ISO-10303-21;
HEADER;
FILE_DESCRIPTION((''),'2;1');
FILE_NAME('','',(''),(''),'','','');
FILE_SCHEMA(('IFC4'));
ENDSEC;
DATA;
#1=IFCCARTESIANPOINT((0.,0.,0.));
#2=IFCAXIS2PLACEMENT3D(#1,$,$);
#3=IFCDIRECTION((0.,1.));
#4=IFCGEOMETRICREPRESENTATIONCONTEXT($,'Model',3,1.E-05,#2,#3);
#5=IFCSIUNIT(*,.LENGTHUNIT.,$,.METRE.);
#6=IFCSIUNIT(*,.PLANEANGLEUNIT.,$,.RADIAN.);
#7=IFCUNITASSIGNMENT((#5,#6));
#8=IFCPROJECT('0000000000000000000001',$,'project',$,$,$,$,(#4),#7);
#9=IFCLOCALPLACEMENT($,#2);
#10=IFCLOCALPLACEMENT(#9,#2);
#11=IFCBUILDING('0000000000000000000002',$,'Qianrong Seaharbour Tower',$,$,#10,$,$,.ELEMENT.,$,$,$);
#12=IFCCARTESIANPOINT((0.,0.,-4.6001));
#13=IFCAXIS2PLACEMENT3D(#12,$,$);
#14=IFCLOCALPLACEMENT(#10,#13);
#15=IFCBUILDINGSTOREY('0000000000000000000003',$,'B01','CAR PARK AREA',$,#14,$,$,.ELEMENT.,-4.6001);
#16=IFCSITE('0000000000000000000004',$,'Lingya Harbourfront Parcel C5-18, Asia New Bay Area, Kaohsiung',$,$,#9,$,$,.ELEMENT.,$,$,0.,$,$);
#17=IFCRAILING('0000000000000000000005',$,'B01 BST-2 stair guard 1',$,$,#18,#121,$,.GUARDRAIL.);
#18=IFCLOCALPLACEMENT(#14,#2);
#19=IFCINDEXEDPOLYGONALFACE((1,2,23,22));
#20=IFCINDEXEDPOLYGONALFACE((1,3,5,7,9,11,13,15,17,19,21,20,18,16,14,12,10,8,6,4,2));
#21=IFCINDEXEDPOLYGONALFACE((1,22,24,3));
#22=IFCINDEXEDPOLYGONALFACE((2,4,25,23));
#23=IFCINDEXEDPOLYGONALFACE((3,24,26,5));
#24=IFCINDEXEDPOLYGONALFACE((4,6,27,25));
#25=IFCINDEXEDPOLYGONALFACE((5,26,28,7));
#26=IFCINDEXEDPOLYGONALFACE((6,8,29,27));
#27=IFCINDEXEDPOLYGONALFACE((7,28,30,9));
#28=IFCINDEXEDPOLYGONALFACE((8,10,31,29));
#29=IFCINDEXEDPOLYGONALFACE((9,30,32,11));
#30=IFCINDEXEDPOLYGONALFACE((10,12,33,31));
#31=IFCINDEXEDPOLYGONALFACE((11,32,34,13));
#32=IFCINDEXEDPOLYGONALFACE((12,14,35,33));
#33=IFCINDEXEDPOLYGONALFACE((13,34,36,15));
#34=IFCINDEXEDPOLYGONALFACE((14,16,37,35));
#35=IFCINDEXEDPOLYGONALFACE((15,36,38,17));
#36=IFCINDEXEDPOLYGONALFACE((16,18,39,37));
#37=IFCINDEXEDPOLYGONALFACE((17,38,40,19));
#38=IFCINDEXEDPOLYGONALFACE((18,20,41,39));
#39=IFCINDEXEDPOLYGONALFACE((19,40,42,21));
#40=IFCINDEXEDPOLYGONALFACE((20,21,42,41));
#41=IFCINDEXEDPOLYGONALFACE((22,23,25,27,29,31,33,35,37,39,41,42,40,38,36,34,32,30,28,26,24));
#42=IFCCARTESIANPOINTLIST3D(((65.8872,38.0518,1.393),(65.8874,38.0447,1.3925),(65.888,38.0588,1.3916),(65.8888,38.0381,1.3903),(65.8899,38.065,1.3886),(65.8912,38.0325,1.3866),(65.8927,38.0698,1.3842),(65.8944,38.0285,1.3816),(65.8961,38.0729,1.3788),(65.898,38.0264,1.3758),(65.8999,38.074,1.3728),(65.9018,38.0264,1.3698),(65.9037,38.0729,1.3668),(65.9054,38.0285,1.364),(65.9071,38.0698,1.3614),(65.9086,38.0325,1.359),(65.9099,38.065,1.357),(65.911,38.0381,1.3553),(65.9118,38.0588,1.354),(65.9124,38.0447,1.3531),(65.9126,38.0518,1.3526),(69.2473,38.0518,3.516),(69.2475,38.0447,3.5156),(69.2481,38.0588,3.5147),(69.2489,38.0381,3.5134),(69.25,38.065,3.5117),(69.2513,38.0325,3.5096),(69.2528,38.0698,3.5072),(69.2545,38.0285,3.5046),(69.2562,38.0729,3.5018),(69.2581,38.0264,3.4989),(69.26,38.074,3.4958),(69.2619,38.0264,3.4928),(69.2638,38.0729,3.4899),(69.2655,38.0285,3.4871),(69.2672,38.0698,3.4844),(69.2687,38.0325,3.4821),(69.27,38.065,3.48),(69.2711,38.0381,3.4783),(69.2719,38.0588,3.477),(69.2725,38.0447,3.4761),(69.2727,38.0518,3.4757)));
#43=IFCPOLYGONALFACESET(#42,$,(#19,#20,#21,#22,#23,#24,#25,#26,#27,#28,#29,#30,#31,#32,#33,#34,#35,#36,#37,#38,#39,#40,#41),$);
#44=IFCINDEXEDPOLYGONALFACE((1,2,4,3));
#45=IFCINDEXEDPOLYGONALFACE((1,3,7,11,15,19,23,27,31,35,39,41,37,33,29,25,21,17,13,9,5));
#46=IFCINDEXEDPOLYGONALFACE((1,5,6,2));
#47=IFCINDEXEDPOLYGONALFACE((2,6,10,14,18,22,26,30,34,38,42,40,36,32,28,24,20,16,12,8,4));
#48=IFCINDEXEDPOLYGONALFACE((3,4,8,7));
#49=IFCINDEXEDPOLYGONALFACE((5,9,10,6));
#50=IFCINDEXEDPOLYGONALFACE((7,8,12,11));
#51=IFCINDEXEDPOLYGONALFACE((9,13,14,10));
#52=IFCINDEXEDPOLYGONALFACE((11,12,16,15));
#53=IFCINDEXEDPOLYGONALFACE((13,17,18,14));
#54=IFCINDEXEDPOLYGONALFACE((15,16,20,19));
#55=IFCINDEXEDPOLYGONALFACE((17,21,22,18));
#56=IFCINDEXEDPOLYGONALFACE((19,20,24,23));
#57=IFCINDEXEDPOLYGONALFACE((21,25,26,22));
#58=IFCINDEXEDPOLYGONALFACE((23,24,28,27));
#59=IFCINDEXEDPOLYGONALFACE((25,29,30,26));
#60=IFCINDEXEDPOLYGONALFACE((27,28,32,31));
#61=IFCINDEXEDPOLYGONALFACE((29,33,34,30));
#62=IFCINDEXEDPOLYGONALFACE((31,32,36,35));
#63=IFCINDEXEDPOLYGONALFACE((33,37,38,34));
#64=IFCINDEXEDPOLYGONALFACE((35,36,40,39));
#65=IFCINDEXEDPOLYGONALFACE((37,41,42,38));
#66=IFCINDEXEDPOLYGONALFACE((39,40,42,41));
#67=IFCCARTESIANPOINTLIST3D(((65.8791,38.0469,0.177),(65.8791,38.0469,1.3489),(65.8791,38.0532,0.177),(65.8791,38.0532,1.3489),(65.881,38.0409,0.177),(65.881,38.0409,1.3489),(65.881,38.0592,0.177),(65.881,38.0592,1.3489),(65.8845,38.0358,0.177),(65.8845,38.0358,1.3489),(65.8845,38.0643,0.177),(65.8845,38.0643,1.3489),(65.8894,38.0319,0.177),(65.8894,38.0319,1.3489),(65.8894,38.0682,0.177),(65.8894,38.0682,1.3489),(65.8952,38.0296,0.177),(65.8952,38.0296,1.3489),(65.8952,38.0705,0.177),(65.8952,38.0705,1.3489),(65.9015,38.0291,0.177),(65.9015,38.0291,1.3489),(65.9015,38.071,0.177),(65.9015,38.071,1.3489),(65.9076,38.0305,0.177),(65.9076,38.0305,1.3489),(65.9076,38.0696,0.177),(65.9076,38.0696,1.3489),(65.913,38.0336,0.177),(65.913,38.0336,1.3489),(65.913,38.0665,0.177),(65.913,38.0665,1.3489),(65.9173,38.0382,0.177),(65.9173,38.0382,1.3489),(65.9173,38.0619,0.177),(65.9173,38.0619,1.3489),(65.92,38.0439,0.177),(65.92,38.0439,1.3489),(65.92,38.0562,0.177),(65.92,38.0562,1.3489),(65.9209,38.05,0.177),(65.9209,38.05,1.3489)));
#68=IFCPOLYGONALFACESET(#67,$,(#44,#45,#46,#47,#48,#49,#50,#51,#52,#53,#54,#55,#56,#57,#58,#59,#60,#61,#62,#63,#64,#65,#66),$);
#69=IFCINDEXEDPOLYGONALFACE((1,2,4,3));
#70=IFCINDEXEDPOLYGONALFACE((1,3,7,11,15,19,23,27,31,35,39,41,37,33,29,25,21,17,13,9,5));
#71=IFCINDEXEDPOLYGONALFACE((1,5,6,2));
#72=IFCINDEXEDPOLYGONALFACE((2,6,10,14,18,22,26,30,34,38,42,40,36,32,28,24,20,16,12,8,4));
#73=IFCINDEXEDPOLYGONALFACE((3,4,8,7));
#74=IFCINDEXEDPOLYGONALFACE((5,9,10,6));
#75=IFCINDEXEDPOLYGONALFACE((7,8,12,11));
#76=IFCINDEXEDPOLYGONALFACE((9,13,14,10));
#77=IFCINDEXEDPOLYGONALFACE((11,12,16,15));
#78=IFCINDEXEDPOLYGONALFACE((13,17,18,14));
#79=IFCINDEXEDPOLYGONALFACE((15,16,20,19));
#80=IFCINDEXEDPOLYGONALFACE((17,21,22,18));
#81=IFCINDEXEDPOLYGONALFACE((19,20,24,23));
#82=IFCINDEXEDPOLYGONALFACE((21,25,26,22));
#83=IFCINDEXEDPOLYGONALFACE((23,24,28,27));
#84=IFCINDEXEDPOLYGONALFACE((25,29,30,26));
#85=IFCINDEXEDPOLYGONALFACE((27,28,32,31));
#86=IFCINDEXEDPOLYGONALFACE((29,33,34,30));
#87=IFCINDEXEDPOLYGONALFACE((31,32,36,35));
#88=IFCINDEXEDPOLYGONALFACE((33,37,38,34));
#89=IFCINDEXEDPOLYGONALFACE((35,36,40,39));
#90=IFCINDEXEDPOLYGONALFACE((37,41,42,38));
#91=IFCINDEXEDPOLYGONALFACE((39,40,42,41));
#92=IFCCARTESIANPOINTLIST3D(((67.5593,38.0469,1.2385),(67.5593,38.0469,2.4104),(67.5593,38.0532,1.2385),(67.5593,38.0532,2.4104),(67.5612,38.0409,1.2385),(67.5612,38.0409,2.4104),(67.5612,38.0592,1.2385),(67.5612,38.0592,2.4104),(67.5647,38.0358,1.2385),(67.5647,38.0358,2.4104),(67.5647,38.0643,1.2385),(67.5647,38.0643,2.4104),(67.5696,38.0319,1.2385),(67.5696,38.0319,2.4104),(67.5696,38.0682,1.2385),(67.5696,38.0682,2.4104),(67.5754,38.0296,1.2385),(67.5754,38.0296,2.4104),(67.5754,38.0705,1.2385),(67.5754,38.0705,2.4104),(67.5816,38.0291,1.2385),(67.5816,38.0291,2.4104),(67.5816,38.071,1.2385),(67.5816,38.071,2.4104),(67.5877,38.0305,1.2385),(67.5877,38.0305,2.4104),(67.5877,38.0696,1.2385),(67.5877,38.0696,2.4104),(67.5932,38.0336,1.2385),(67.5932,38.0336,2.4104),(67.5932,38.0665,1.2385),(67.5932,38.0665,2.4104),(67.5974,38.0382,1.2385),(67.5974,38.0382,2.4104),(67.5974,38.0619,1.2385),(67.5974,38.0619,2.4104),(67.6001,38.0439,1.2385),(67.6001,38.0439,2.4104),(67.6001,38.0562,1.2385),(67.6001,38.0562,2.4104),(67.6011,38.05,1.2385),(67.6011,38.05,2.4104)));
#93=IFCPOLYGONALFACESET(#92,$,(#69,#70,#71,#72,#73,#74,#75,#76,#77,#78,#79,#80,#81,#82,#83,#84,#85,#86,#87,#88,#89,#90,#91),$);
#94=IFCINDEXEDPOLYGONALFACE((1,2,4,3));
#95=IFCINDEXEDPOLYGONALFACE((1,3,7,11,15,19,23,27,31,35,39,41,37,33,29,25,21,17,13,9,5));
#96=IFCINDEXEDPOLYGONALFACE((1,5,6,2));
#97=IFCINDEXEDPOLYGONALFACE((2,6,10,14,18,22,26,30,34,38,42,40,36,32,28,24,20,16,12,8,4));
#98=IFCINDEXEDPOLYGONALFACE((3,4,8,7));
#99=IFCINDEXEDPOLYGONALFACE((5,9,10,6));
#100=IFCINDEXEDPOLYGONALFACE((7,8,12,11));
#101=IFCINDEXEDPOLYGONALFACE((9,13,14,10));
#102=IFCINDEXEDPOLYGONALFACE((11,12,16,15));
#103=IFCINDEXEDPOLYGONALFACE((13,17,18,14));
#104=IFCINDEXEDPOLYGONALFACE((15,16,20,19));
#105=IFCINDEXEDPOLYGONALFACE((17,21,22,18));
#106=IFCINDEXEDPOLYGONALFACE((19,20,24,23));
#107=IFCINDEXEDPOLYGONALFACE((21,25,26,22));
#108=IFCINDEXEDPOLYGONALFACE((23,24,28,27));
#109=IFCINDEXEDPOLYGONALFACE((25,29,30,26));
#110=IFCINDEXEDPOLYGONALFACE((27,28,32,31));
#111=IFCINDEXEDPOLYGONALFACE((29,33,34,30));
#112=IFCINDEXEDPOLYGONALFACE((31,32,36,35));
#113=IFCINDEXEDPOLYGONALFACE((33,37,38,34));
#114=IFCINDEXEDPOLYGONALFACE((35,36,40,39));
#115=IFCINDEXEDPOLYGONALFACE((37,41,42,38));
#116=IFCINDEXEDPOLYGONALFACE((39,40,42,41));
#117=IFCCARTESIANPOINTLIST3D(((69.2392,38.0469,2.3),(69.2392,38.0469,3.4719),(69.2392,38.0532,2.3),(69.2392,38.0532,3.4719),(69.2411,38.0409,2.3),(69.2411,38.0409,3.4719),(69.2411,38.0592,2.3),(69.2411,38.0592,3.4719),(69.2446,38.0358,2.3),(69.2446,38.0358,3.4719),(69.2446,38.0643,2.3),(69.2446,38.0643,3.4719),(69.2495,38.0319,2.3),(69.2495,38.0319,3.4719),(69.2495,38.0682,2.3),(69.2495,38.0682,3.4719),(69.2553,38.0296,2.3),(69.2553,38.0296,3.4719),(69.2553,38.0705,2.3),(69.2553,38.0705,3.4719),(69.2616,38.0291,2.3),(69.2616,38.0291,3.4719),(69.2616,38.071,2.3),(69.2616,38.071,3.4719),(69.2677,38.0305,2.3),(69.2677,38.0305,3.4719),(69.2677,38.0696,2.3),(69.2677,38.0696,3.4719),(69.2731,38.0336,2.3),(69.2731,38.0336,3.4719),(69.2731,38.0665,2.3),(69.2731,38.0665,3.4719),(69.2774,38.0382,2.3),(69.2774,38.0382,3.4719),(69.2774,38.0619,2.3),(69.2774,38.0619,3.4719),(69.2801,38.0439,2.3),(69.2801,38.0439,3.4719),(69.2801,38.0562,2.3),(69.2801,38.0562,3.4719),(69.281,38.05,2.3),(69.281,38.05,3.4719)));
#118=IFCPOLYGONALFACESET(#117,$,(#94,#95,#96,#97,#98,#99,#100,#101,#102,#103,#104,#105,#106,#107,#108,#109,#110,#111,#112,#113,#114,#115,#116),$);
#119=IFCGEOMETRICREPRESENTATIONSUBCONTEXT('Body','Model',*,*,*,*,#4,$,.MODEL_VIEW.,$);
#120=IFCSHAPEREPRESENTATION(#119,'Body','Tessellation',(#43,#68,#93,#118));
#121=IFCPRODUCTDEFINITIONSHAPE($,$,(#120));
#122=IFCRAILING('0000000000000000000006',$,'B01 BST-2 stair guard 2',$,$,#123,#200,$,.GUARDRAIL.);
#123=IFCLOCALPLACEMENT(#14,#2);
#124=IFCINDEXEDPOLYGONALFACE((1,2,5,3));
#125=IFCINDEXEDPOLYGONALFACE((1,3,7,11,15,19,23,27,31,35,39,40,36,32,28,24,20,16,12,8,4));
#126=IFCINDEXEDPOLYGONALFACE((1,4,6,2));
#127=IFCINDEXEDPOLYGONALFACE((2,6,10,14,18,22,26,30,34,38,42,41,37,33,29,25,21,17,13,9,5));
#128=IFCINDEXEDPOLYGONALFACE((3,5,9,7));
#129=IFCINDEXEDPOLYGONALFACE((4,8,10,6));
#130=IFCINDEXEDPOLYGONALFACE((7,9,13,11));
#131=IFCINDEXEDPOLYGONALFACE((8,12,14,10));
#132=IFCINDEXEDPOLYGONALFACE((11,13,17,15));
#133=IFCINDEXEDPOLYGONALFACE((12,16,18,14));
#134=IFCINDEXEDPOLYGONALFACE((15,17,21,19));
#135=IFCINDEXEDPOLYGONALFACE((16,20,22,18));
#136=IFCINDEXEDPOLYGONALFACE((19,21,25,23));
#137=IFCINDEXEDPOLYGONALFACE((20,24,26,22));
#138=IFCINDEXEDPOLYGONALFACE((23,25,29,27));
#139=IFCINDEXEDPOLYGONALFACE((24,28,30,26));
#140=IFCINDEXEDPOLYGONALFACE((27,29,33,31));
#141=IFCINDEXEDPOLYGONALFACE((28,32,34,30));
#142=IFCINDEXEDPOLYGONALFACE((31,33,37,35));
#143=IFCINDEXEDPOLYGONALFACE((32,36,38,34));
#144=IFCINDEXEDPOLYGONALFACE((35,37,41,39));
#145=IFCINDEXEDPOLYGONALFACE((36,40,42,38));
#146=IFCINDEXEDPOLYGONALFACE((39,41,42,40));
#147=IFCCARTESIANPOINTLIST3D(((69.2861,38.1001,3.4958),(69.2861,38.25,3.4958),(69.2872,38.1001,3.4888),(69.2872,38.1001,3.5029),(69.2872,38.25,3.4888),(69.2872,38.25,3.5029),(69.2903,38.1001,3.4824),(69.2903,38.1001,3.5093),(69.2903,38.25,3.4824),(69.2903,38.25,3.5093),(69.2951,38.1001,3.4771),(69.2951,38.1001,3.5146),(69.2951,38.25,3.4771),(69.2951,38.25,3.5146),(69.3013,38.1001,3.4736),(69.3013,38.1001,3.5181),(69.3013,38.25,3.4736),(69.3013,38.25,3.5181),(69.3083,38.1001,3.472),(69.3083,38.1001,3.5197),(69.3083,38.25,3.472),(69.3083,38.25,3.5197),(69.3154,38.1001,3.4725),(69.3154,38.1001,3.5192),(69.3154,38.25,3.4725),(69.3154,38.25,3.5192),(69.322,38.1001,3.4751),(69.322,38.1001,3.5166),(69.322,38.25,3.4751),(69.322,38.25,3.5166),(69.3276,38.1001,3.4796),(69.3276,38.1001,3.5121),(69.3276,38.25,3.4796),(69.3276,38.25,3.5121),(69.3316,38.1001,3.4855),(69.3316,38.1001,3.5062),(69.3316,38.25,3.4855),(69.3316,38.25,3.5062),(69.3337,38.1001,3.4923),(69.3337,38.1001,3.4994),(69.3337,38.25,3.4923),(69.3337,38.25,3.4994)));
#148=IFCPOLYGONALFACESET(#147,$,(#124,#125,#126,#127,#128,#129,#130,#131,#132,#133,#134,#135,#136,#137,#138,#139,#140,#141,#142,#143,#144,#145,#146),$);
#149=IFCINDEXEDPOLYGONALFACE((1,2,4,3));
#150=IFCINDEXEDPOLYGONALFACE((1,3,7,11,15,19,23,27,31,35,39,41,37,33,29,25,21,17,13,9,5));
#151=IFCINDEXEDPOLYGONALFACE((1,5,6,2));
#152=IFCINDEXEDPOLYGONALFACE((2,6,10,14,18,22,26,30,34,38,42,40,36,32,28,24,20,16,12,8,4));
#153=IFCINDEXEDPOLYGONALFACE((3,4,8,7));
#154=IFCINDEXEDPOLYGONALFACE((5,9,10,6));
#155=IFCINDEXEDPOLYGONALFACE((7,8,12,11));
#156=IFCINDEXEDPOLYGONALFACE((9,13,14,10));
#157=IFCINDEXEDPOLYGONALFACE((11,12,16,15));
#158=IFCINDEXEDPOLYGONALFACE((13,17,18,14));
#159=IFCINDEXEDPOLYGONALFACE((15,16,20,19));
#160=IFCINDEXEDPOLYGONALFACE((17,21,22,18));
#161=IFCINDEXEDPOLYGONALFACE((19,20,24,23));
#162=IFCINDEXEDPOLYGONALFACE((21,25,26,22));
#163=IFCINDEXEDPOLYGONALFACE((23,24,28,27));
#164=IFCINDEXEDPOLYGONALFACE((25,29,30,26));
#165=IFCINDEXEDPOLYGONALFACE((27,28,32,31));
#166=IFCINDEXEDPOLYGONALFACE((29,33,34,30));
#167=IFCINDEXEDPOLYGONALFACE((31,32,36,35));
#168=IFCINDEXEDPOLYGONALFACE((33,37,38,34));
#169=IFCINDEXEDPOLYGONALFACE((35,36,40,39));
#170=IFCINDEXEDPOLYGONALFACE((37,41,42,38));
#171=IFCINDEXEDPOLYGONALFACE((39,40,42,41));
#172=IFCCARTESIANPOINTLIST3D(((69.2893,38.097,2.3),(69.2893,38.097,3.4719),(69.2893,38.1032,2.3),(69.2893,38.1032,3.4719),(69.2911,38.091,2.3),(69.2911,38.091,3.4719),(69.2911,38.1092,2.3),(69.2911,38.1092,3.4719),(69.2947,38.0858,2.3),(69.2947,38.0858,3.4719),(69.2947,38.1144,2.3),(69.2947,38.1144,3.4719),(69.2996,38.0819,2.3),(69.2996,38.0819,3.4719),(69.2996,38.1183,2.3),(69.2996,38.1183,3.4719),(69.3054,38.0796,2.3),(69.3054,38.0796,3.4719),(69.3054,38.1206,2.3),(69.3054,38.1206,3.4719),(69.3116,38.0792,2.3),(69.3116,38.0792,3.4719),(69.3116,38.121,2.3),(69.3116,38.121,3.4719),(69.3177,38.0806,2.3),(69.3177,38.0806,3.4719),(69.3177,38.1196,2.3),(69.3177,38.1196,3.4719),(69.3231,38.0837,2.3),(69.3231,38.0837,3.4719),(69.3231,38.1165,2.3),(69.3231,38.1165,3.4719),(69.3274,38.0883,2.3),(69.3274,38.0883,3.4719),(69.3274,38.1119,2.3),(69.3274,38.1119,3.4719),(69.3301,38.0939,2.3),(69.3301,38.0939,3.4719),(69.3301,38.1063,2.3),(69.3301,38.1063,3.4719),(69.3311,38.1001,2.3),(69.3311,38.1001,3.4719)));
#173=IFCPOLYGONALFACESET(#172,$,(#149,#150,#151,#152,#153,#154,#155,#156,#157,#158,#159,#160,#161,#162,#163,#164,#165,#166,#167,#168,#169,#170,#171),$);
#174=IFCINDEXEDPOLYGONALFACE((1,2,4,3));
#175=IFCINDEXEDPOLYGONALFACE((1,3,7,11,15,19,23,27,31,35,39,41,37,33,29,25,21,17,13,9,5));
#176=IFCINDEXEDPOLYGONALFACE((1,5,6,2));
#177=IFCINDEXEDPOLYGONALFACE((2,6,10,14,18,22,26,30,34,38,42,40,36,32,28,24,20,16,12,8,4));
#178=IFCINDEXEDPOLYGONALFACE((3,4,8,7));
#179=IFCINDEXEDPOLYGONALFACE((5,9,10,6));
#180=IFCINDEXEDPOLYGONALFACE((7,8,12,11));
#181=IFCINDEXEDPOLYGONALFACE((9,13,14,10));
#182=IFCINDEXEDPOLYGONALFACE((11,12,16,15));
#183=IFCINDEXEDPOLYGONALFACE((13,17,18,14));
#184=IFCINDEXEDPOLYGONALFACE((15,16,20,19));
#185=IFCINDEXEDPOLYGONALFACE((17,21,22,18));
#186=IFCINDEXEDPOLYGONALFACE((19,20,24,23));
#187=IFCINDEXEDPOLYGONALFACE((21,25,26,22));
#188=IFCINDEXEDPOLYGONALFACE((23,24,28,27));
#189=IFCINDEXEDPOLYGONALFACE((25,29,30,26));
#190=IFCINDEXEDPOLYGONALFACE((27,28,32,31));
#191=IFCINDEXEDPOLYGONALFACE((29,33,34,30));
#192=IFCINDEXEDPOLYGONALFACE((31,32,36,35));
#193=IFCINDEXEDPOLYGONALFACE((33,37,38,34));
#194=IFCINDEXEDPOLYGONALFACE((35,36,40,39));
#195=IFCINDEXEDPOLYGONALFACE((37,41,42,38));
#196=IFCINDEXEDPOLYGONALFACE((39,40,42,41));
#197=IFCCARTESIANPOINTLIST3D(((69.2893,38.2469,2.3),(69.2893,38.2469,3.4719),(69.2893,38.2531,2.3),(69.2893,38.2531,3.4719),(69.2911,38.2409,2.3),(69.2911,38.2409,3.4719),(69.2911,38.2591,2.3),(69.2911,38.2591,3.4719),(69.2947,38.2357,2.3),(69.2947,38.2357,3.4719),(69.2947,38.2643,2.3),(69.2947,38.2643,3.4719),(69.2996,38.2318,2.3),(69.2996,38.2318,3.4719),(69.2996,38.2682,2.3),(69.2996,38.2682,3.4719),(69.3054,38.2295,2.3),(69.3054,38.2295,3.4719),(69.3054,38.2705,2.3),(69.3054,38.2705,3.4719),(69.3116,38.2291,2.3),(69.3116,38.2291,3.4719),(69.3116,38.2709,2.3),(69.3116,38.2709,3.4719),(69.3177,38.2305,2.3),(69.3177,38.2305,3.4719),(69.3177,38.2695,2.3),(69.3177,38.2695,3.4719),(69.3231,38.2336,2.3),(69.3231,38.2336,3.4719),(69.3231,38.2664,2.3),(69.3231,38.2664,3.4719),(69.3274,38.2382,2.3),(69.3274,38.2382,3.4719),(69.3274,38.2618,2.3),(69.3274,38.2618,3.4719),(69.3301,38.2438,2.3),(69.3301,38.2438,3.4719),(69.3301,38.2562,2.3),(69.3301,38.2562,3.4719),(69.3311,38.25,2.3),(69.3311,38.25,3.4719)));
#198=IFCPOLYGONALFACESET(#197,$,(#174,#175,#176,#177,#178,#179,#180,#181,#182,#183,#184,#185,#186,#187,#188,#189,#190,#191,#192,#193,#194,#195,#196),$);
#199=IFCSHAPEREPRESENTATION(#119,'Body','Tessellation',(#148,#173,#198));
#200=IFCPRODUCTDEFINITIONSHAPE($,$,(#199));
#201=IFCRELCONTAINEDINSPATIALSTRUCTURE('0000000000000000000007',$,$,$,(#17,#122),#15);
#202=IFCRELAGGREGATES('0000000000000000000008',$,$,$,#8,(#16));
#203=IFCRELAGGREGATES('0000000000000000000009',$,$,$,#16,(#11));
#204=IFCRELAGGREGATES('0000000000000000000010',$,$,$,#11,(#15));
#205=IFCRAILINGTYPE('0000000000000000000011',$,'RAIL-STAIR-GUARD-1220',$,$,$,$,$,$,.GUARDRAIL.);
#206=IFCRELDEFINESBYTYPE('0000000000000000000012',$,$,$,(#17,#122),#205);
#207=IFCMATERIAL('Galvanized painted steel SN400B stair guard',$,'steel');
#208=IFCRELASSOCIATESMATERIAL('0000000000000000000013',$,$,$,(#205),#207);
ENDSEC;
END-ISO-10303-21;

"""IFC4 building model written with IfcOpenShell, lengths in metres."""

from ifc_helpers import new_model, si_unit, direction, frame, origin, origin_2d, place, context, subcontext, project, spatial, circle, extrude, material, type_object, element, save


model = new_model("IFC4")

# Units and contexts
model_context = context("Model", 3, precision=1e-05, world=origin(), true_north=direction((0.0, 1.0)))
body_context = subcontext(model_context, "Body", "Model", "MODEL_VIEW")
ifc_project = project(units=[si_unit("LENGTHUNIT", "METRE"), si_unit("PLANEANGLEUNIT", "RADIAN")], contexts=[model_context])

# Site, building, storey
site_placement = place(None, origin())
site = spatial("IfcSite", under=ifc_project, at=site_placement, Name="Lingya Harbourfront Parcel C5-18, Asia New Bay Area, Kaohsiung", CompositionType="ELEMENT", RefElevation=0.0)
building_placement = place(site_placement, origin())
building = spatial("IfcBuilding", under=site, at=building_placement, Name="Qianrong Seaharbour Tower", CompositionType="ELEMENT")
storey_placement = place(building_placement, frame((0.0, 0.0, -4.6001)))
storey = spatial("IfcBuildingStorey", under=building, at=storey_placement, Name="B01", Description="CAR PARK AREA", CompositionType="ELEMENT", Elevation=-4.6001)

# Railings
ifc_material_1 = material(Name="Galvanized painted steel SN400B stair guard", Category="steel")
railing_type_1 = type_object("IfcRailingType", Name="RAIL-STAIR-GUARD-1220", PredefinedType="GUARDRAIL", material=ifc_material_1)
railing_1_placement = place(storey_placement, frame((65.8999, 38.05, 0.177)))
element("IfcRailing", 1, at=railing_1_placement, inside=storey, type_object=railing_type_1, Name="B01 BST-2 stair guard 1", PredefinedType="GUARDRAIL", context=body_context, shape_type="SweptSolid", body=[
    extrude(circle(Radius=0.0239, at=origin_2d()), frame((0.0, 0.0, 1.1958), z_axis=(0.84539, 0.0, 0.53415), x_axis=(0.0, 1.0, 0.0)), (0.0, 0.0, 1.0), 3.9746),
    extrude(circle(Radius=0.021, at=origin_2d()), origin(), (0.0, 0.0, 1.0), 1.1719),
    extrude(circle(Radius=0.021, at=origin_2d()), frame((1.6802, 0.0, 1.0615)), (0.0, 0.0, 1.0), 1.1719),
    extrude(circle(Radius=0.021, at=origin_2d()), frame((3.3601, 0.0, 2.123)), (0.0, 0.0, 1.0), 1.1719),
])
railing_2_placement = place(storey_placement, frame((69.3101, 38.1001, 2.3)))
element("IfcRailing", 2, at=railing_2_placement, inside=storey, type_object=railing_type_1, Name="B01 BST-2 stair guard 2", PredefinedType="GUARDRAIL", context=body_context, shape_type="SweptSolid", body=[
    extrude(circle(Radius=0.0239, at=origin_2d()), frame((0.0, 0.0, 1.1958), z_axis=(0.0, 1.0, 0.0), x_axis=(-1.0, 0.0, 0.0)), (0.0, 0.0, 1.0), 0.1499),
    extrude(circle(Radius=0.021, at=origin_2d()), origin(), (0.0, 0.0, 1.0), 1.1719),
    extrude(circle(Radius=0.021, at=origin_2d()), frame((0.0, 0.1499, 0.0)), (0.0, 0.0, 1.0), 1.1719),
])

save(model, "model.ifc")
